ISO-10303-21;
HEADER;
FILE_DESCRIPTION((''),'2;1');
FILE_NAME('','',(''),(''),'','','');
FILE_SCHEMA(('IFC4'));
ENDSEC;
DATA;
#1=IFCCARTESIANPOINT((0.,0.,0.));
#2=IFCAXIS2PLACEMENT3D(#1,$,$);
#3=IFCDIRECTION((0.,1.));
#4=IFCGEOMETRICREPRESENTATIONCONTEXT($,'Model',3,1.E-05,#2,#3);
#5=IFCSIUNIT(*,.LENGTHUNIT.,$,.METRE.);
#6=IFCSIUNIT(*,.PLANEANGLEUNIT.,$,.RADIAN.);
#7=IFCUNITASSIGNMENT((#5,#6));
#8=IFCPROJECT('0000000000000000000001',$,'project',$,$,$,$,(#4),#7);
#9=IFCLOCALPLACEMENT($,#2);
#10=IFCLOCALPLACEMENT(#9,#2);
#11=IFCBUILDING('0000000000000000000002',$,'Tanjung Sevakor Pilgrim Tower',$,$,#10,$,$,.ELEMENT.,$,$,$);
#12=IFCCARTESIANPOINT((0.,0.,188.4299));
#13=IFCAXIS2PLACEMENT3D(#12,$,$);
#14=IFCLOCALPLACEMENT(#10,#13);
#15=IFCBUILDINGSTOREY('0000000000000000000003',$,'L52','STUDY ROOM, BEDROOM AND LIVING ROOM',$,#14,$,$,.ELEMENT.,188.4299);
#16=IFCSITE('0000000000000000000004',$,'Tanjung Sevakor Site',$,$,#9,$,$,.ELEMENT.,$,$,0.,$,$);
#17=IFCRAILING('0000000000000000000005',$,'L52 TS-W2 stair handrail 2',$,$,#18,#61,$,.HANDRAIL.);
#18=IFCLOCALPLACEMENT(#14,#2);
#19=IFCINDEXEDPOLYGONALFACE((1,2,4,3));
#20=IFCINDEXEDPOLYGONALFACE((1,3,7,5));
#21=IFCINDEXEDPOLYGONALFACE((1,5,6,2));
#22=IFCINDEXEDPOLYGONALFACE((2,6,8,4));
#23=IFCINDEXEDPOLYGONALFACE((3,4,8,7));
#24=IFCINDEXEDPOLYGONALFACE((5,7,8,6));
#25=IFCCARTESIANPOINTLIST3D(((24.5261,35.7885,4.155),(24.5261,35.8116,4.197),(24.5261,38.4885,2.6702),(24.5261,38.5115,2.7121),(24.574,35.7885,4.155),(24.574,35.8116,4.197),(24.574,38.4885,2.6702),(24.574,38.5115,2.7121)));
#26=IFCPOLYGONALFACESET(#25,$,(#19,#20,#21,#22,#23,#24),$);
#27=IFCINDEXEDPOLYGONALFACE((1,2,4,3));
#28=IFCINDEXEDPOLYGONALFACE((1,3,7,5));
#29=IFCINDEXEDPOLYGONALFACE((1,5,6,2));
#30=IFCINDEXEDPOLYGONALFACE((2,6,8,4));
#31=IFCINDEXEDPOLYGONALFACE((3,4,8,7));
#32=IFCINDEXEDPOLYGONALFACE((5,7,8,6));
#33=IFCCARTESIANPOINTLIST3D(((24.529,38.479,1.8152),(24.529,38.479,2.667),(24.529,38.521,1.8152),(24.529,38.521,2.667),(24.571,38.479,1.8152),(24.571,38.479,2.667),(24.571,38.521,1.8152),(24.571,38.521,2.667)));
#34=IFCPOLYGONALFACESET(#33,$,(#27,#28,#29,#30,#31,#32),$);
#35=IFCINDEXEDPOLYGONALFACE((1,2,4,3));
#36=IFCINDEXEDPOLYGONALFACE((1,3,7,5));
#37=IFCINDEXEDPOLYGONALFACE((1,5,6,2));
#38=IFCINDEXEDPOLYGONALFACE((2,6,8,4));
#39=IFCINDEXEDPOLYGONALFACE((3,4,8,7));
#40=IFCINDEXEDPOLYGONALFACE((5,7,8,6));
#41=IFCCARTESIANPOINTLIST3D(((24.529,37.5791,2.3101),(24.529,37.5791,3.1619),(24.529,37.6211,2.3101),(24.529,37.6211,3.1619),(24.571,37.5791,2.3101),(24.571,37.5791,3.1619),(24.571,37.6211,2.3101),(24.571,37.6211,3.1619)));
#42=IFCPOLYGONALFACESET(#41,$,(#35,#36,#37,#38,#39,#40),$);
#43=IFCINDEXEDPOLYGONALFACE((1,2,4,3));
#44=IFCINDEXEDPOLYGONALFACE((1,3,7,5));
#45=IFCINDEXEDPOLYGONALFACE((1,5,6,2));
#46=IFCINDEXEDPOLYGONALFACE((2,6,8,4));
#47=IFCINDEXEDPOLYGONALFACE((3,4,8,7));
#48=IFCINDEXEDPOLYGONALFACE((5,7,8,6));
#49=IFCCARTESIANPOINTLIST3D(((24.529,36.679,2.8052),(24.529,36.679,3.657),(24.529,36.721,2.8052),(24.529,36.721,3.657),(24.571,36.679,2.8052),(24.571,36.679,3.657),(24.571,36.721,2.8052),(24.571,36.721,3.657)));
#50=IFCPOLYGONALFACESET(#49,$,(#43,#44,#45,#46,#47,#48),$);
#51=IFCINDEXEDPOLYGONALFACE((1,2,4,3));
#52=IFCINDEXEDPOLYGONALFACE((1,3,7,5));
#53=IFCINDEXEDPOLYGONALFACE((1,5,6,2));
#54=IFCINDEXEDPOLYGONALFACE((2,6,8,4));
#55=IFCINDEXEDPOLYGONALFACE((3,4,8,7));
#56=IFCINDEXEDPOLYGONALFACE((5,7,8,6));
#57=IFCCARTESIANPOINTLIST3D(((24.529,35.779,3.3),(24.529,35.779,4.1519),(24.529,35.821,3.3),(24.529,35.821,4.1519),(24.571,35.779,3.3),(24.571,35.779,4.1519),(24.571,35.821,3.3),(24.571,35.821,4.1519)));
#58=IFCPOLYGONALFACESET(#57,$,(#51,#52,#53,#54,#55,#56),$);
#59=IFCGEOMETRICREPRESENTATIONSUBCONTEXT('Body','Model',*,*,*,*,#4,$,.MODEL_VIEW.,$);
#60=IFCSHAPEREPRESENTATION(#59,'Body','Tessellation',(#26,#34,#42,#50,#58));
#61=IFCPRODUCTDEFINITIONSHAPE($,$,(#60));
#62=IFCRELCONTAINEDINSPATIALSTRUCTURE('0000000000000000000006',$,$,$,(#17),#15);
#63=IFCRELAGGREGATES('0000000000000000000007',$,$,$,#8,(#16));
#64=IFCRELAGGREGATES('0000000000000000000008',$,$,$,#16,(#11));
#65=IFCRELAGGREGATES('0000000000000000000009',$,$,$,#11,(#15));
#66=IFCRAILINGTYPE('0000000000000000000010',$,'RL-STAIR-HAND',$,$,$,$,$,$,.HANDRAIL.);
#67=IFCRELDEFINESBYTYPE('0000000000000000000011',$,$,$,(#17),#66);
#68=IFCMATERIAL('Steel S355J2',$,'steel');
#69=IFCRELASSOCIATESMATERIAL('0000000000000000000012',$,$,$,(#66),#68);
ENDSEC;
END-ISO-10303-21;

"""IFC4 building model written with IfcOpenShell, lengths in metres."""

from ifc_helpers import new_model, si_unit, direction, frame, origin, place, context, subcontext, project, spatial, rectangle, extrude, material, type_object, element, save


model = new_model("IFC4")

# Units and contexts
model_context = context("Model", 3, precision=1e-05, world=origin(), true_north=direction((0.0, 1.0)))
body_context = subcontext(model_context, "Body", "Model", "MODEL_VIEW")
ifc_project = project(units=[si_unit("LENGTHUNIT", "METRE"), si_unit("PLANEANGLEUNIT", "RADIAN")], contexts=[model_context])

# Site, building, storey
site_placement = place(None, origin())
site = spatial("IfcSite", under=ifc_project, at=site_placement, Name="Tanjung Sevakor Site", CompositionType="ELEMENT", RefElevation=0.0)
building_placement = place(site_placement, origin())
building = spatial("IfcBuilding", under=site, at=building_placement, Name="Tanjung Sevakor Pilgrim Tower", CompositionType="ELEMENT")
storey_placement = place(building_placement, frame((0.0, 0.0, 188.4299)))
storey = spatial("IfcBuildingStorey", under=building, at=storey_placement, Name="L52", Description="STUDY ROOM, BEDROOM AND LIVING ROOM", CompositionType="ELEMENT", Elevation=188.4299)

# Railing
ifc_material_1 = material(Name="Steel S355J2", Category="steel")
railing_type_1 = type_object("IfcRailingType", Name="RL-STAIR-HAND", PredefinedType="HANDRAIL", material=ifc_material_1)
railing_1_placement = place(storey_placement, frame((24.55, 38.5, 1.8152)))
element("IfcRailing", 1, at=railing_1_placement, inside=storey, type_object=railing_type_1, Name="L52 TS-W2 stair handrail 2", PredefinedType="HANDRAIL", context=body_context, shape_type="SweptSolid", body=[
    extrude(rectangle(XDim=0.0479, YDim=0.0479), frame((0.0, 0.0, 0.876), z_axis=(0.0, -0.876231, 0.481891), x_axis=(1.0, 0.0, 0.0)), (0.0, 0.0, 1.0), 3.0813),
    extrude(rectangle(XDim=0.042, YDim=0.042), origin(), (0.0, 0.0, 1.0), 0.8518),
    extrude(rectangle(XDim=0.042, YDim=0.042), frame((0.0, -0.8999, 0.4949)), (0.0, 0.0, 1.0), 0.8518),
    extrude(rectangle(XDim=0.042, YDim=0.042), frame((0.0, -1.8, 0.99)), (0.0, 0.0, 1.0), 0.8518),
    extrude(rectangle(XDim=0.042, YDim=0.042), frame((0.0, -2.7, 1.4849)), (0.0, 0.0, 1.0), 0.8518),
])

save(model, "model.ifc")
